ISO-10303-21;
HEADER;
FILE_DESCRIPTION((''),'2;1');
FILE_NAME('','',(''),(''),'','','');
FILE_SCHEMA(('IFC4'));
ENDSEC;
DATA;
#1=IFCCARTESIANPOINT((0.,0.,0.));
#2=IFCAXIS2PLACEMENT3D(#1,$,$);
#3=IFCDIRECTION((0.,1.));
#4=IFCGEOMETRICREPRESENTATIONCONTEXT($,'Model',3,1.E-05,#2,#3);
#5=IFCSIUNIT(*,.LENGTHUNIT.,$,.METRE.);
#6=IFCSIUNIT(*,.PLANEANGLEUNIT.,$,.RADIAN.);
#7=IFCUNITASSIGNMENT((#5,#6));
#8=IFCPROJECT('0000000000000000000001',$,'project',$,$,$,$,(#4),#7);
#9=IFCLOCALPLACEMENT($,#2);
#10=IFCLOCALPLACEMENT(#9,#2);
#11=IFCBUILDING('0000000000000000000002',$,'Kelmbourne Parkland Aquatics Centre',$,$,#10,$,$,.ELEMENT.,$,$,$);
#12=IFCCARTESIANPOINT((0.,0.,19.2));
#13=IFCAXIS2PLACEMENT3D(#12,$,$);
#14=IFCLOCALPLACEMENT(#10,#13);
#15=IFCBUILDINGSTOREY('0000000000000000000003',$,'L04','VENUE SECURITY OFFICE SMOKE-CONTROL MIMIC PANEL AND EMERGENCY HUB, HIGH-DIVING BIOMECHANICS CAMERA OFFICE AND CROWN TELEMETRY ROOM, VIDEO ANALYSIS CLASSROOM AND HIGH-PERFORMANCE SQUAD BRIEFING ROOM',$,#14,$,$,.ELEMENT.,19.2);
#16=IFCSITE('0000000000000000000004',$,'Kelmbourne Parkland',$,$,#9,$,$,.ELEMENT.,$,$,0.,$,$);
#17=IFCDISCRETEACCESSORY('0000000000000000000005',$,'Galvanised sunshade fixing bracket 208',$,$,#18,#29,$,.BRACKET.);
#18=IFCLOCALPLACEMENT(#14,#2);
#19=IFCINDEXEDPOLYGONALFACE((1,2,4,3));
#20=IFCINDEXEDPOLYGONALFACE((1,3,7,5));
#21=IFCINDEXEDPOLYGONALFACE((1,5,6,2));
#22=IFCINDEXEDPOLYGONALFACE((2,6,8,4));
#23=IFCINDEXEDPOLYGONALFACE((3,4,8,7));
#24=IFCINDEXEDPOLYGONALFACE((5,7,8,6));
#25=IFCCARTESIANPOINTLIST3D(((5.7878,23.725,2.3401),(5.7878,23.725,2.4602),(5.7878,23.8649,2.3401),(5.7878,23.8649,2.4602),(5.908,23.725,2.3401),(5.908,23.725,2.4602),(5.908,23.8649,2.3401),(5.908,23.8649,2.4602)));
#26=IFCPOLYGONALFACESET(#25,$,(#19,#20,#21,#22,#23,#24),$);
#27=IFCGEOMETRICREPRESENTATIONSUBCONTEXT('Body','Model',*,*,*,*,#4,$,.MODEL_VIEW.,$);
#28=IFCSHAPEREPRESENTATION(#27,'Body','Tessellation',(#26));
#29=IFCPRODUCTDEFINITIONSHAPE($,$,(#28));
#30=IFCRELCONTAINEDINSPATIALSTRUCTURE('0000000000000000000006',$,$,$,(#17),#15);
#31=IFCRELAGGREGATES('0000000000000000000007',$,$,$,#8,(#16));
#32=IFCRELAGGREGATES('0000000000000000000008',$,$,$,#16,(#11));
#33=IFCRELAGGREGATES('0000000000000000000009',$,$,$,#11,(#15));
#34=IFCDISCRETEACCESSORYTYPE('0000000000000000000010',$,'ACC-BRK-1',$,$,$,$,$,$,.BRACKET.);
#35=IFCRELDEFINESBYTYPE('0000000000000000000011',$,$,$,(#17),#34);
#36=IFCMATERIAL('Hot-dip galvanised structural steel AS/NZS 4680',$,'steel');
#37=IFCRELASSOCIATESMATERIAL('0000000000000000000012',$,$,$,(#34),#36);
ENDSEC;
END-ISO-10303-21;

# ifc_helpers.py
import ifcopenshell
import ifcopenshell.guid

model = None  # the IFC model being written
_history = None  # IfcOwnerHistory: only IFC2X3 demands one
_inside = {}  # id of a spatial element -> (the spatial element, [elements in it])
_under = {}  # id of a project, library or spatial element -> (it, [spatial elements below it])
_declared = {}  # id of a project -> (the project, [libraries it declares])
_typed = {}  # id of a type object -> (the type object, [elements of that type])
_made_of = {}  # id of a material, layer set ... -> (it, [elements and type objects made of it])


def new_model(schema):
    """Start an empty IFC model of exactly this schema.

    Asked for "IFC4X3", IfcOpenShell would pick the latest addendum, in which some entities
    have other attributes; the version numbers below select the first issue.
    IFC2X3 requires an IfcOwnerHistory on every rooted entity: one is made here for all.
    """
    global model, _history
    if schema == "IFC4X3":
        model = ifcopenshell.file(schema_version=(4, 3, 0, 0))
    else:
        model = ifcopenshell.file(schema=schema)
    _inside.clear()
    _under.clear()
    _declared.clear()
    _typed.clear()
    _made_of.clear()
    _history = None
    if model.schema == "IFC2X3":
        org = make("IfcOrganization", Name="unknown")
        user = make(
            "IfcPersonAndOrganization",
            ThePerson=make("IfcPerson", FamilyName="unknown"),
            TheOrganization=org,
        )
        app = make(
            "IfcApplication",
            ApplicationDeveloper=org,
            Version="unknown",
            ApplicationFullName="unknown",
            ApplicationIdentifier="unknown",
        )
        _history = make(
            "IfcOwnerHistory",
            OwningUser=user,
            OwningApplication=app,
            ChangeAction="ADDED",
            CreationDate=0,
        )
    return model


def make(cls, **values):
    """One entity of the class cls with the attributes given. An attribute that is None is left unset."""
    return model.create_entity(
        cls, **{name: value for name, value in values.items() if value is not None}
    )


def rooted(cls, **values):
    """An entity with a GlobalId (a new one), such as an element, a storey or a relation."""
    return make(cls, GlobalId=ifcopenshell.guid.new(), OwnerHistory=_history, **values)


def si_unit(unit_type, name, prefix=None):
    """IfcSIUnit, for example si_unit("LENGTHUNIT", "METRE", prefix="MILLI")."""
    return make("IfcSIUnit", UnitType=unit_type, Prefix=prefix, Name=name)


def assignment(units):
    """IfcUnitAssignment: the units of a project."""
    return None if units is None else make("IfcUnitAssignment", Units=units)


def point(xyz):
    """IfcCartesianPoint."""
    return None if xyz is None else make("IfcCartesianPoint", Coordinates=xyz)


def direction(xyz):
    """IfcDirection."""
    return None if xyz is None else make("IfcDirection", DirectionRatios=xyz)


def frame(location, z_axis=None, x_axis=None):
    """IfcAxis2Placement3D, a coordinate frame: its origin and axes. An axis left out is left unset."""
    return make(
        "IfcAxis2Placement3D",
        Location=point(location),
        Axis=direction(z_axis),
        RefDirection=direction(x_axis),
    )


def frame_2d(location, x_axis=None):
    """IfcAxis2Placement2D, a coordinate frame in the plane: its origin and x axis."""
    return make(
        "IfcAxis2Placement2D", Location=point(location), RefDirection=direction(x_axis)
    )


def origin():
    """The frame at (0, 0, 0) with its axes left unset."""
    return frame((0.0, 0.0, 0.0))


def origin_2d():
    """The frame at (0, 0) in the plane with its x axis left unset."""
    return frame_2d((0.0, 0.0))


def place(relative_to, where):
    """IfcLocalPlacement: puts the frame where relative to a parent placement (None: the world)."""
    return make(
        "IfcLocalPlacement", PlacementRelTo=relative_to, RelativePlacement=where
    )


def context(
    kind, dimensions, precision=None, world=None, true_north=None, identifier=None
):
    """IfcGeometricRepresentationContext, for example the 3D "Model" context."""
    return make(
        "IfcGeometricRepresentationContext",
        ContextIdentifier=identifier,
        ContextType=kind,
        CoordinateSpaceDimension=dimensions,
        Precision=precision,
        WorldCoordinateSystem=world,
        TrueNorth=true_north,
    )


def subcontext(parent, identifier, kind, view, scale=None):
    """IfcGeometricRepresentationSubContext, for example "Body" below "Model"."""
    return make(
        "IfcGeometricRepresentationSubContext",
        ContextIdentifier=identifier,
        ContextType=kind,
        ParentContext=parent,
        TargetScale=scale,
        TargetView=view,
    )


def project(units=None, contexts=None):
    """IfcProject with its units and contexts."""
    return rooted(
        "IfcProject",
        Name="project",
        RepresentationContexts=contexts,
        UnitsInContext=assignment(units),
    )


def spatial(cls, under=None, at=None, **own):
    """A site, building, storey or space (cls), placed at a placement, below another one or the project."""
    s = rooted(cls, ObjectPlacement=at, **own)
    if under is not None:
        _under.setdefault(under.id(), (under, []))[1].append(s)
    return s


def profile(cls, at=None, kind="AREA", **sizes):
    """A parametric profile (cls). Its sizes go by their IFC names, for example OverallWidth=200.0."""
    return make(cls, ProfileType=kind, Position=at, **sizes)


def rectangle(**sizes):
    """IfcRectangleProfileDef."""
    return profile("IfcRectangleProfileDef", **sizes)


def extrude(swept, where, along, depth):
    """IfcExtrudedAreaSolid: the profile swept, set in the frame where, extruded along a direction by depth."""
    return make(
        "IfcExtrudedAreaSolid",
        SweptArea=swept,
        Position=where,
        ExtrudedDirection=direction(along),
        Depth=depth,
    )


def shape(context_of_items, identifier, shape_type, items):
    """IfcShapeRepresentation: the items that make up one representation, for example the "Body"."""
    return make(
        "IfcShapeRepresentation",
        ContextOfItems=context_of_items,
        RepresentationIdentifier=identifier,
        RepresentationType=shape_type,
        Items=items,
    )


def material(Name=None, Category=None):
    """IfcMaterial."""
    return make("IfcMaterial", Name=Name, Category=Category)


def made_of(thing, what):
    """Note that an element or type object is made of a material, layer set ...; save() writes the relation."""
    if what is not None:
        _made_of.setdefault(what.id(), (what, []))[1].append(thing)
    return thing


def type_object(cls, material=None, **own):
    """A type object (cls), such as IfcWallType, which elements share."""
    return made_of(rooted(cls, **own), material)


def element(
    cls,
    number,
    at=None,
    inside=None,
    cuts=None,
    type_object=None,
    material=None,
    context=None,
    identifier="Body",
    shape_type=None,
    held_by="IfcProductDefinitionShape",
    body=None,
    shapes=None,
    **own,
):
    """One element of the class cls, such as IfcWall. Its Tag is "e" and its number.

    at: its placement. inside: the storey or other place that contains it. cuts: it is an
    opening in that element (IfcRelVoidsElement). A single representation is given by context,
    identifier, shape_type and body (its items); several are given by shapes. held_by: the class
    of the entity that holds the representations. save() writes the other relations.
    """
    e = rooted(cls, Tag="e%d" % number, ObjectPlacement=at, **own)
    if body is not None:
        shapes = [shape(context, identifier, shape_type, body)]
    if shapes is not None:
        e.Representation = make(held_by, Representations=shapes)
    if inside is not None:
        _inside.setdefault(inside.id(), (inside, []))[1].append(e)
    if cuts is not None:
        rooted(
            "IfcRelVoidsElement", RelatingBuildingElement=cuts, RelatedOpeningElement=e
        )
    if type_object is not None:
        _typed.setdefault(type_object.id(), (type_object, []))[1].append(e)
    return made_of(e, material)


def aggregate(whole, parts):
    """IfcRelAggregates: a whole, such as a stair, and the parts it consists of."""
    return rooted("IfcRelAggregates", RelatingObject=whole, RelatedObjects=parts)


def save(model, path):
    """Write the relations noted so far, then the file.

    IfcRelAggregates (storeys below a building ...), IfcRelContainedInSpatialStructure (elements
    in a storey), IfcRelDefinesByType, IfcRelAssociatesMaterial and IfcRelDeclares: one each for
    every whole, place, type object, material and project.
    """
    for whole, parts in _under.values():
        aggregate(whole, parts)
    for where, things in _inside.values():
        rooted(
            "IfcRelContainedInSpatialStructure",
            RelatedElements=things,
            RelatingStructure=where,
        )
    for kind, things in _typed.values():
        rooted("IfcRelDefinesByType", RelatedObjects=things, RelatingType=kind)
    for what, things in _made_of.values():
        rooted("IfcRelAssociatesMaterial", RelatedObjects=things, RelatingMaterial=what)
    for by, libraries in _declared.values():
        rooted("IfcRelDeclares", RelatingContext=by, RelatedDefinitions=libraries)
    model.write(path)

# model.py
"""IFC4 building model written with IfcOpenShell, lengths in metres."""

from ifc_helpers import new_model, si_unit, direction, frame, origin, origin_2d, place, context, subcontext, project, spatial, rectangle, extrude, material, type_object, element, save


model = new_model("IFC4")

# Units and contexts
model_context = context("Model", 3, precision=1e-05, world=origin(), true_north=direction((0.0, 1.0)))
body_context = subcontext(model_context, "Body", "Model", "MODEL_VIEW")
ifc_project = project(units=[si_unit("LENGTHUNIT", "METRE"), si_unit("PLANEANGLEUNIT", "RADIAN")], contexts=[model_context])

# Site, building, storey
site_placement = place(None, origin())
site = spatial("IfcSite", under=ifc_project, at=site_placement, Name="Kelmbourne Parkland", CompositionType="ELEMENT", RefElevation=0.0)
building_placement = place(site_placement, origin())
building = spatial("IfcBuilding", under=site, at=building_placement, Name="Kelmbourne Parkland Aquatics Centre", CompositionType="ELEMENT")
storey_placement = place(building_placement, frame((0.0, 0.0, 19.2)))
storey = spatial("IfcBuildingStorey", under=building, at=storey_placement, Name="L04", Description="VENUE SECURITY OFFICE SMOKE-CONTROL MIMIC PANEL AND EMERGENCY HUB, HIGH-DIVING BIOMECHANICS CAMERA OFFICE AND CROWN TELEMETRY ROOM, VIDEO ANALYSIS CLASSROOM AND HIGH-PERFORMANCE SQUAD BRIEFING ROOM", CompositionType="ELEMENT", Elevation=19.2)

# Discrete accessory
ifc_material_1 = material(Name="Hot-dip galvanised structural steel AS/NZS 4680", Category="steel")
discrete_accessory_type = type_object("IfcDiscreteAccessoryType", Name="ACC-BRK-1", PredefinedType="BRACKET", material=ifc_material_1)
for number, where, z_axis, x_axis, name in (
    (1, (5.8479, 23.7949, 2.3401), (0.0, 0.0, 1.0), (1.0, 0.0, 0.0), "Galvanised sunshade fixing bracket 208"),
):
    element("IfcDiscreteAccessory", number, at=place(storey_placement, frame(where, z_axis=z_axis, x_axis=x_axis)), inside=storey, type_object=discrete_accessory_type, Name=name, PredefinedType="BRACKET", context=body_context, shape_type="SweptSolid", body=[
        extrude(rectangle(XDim=0.1201, YDim=0.1399, at=origin_2d()), origin(), (0.0, 0.0, 1.0), 0.1201),
    ])

save(model, "model.ifc")
